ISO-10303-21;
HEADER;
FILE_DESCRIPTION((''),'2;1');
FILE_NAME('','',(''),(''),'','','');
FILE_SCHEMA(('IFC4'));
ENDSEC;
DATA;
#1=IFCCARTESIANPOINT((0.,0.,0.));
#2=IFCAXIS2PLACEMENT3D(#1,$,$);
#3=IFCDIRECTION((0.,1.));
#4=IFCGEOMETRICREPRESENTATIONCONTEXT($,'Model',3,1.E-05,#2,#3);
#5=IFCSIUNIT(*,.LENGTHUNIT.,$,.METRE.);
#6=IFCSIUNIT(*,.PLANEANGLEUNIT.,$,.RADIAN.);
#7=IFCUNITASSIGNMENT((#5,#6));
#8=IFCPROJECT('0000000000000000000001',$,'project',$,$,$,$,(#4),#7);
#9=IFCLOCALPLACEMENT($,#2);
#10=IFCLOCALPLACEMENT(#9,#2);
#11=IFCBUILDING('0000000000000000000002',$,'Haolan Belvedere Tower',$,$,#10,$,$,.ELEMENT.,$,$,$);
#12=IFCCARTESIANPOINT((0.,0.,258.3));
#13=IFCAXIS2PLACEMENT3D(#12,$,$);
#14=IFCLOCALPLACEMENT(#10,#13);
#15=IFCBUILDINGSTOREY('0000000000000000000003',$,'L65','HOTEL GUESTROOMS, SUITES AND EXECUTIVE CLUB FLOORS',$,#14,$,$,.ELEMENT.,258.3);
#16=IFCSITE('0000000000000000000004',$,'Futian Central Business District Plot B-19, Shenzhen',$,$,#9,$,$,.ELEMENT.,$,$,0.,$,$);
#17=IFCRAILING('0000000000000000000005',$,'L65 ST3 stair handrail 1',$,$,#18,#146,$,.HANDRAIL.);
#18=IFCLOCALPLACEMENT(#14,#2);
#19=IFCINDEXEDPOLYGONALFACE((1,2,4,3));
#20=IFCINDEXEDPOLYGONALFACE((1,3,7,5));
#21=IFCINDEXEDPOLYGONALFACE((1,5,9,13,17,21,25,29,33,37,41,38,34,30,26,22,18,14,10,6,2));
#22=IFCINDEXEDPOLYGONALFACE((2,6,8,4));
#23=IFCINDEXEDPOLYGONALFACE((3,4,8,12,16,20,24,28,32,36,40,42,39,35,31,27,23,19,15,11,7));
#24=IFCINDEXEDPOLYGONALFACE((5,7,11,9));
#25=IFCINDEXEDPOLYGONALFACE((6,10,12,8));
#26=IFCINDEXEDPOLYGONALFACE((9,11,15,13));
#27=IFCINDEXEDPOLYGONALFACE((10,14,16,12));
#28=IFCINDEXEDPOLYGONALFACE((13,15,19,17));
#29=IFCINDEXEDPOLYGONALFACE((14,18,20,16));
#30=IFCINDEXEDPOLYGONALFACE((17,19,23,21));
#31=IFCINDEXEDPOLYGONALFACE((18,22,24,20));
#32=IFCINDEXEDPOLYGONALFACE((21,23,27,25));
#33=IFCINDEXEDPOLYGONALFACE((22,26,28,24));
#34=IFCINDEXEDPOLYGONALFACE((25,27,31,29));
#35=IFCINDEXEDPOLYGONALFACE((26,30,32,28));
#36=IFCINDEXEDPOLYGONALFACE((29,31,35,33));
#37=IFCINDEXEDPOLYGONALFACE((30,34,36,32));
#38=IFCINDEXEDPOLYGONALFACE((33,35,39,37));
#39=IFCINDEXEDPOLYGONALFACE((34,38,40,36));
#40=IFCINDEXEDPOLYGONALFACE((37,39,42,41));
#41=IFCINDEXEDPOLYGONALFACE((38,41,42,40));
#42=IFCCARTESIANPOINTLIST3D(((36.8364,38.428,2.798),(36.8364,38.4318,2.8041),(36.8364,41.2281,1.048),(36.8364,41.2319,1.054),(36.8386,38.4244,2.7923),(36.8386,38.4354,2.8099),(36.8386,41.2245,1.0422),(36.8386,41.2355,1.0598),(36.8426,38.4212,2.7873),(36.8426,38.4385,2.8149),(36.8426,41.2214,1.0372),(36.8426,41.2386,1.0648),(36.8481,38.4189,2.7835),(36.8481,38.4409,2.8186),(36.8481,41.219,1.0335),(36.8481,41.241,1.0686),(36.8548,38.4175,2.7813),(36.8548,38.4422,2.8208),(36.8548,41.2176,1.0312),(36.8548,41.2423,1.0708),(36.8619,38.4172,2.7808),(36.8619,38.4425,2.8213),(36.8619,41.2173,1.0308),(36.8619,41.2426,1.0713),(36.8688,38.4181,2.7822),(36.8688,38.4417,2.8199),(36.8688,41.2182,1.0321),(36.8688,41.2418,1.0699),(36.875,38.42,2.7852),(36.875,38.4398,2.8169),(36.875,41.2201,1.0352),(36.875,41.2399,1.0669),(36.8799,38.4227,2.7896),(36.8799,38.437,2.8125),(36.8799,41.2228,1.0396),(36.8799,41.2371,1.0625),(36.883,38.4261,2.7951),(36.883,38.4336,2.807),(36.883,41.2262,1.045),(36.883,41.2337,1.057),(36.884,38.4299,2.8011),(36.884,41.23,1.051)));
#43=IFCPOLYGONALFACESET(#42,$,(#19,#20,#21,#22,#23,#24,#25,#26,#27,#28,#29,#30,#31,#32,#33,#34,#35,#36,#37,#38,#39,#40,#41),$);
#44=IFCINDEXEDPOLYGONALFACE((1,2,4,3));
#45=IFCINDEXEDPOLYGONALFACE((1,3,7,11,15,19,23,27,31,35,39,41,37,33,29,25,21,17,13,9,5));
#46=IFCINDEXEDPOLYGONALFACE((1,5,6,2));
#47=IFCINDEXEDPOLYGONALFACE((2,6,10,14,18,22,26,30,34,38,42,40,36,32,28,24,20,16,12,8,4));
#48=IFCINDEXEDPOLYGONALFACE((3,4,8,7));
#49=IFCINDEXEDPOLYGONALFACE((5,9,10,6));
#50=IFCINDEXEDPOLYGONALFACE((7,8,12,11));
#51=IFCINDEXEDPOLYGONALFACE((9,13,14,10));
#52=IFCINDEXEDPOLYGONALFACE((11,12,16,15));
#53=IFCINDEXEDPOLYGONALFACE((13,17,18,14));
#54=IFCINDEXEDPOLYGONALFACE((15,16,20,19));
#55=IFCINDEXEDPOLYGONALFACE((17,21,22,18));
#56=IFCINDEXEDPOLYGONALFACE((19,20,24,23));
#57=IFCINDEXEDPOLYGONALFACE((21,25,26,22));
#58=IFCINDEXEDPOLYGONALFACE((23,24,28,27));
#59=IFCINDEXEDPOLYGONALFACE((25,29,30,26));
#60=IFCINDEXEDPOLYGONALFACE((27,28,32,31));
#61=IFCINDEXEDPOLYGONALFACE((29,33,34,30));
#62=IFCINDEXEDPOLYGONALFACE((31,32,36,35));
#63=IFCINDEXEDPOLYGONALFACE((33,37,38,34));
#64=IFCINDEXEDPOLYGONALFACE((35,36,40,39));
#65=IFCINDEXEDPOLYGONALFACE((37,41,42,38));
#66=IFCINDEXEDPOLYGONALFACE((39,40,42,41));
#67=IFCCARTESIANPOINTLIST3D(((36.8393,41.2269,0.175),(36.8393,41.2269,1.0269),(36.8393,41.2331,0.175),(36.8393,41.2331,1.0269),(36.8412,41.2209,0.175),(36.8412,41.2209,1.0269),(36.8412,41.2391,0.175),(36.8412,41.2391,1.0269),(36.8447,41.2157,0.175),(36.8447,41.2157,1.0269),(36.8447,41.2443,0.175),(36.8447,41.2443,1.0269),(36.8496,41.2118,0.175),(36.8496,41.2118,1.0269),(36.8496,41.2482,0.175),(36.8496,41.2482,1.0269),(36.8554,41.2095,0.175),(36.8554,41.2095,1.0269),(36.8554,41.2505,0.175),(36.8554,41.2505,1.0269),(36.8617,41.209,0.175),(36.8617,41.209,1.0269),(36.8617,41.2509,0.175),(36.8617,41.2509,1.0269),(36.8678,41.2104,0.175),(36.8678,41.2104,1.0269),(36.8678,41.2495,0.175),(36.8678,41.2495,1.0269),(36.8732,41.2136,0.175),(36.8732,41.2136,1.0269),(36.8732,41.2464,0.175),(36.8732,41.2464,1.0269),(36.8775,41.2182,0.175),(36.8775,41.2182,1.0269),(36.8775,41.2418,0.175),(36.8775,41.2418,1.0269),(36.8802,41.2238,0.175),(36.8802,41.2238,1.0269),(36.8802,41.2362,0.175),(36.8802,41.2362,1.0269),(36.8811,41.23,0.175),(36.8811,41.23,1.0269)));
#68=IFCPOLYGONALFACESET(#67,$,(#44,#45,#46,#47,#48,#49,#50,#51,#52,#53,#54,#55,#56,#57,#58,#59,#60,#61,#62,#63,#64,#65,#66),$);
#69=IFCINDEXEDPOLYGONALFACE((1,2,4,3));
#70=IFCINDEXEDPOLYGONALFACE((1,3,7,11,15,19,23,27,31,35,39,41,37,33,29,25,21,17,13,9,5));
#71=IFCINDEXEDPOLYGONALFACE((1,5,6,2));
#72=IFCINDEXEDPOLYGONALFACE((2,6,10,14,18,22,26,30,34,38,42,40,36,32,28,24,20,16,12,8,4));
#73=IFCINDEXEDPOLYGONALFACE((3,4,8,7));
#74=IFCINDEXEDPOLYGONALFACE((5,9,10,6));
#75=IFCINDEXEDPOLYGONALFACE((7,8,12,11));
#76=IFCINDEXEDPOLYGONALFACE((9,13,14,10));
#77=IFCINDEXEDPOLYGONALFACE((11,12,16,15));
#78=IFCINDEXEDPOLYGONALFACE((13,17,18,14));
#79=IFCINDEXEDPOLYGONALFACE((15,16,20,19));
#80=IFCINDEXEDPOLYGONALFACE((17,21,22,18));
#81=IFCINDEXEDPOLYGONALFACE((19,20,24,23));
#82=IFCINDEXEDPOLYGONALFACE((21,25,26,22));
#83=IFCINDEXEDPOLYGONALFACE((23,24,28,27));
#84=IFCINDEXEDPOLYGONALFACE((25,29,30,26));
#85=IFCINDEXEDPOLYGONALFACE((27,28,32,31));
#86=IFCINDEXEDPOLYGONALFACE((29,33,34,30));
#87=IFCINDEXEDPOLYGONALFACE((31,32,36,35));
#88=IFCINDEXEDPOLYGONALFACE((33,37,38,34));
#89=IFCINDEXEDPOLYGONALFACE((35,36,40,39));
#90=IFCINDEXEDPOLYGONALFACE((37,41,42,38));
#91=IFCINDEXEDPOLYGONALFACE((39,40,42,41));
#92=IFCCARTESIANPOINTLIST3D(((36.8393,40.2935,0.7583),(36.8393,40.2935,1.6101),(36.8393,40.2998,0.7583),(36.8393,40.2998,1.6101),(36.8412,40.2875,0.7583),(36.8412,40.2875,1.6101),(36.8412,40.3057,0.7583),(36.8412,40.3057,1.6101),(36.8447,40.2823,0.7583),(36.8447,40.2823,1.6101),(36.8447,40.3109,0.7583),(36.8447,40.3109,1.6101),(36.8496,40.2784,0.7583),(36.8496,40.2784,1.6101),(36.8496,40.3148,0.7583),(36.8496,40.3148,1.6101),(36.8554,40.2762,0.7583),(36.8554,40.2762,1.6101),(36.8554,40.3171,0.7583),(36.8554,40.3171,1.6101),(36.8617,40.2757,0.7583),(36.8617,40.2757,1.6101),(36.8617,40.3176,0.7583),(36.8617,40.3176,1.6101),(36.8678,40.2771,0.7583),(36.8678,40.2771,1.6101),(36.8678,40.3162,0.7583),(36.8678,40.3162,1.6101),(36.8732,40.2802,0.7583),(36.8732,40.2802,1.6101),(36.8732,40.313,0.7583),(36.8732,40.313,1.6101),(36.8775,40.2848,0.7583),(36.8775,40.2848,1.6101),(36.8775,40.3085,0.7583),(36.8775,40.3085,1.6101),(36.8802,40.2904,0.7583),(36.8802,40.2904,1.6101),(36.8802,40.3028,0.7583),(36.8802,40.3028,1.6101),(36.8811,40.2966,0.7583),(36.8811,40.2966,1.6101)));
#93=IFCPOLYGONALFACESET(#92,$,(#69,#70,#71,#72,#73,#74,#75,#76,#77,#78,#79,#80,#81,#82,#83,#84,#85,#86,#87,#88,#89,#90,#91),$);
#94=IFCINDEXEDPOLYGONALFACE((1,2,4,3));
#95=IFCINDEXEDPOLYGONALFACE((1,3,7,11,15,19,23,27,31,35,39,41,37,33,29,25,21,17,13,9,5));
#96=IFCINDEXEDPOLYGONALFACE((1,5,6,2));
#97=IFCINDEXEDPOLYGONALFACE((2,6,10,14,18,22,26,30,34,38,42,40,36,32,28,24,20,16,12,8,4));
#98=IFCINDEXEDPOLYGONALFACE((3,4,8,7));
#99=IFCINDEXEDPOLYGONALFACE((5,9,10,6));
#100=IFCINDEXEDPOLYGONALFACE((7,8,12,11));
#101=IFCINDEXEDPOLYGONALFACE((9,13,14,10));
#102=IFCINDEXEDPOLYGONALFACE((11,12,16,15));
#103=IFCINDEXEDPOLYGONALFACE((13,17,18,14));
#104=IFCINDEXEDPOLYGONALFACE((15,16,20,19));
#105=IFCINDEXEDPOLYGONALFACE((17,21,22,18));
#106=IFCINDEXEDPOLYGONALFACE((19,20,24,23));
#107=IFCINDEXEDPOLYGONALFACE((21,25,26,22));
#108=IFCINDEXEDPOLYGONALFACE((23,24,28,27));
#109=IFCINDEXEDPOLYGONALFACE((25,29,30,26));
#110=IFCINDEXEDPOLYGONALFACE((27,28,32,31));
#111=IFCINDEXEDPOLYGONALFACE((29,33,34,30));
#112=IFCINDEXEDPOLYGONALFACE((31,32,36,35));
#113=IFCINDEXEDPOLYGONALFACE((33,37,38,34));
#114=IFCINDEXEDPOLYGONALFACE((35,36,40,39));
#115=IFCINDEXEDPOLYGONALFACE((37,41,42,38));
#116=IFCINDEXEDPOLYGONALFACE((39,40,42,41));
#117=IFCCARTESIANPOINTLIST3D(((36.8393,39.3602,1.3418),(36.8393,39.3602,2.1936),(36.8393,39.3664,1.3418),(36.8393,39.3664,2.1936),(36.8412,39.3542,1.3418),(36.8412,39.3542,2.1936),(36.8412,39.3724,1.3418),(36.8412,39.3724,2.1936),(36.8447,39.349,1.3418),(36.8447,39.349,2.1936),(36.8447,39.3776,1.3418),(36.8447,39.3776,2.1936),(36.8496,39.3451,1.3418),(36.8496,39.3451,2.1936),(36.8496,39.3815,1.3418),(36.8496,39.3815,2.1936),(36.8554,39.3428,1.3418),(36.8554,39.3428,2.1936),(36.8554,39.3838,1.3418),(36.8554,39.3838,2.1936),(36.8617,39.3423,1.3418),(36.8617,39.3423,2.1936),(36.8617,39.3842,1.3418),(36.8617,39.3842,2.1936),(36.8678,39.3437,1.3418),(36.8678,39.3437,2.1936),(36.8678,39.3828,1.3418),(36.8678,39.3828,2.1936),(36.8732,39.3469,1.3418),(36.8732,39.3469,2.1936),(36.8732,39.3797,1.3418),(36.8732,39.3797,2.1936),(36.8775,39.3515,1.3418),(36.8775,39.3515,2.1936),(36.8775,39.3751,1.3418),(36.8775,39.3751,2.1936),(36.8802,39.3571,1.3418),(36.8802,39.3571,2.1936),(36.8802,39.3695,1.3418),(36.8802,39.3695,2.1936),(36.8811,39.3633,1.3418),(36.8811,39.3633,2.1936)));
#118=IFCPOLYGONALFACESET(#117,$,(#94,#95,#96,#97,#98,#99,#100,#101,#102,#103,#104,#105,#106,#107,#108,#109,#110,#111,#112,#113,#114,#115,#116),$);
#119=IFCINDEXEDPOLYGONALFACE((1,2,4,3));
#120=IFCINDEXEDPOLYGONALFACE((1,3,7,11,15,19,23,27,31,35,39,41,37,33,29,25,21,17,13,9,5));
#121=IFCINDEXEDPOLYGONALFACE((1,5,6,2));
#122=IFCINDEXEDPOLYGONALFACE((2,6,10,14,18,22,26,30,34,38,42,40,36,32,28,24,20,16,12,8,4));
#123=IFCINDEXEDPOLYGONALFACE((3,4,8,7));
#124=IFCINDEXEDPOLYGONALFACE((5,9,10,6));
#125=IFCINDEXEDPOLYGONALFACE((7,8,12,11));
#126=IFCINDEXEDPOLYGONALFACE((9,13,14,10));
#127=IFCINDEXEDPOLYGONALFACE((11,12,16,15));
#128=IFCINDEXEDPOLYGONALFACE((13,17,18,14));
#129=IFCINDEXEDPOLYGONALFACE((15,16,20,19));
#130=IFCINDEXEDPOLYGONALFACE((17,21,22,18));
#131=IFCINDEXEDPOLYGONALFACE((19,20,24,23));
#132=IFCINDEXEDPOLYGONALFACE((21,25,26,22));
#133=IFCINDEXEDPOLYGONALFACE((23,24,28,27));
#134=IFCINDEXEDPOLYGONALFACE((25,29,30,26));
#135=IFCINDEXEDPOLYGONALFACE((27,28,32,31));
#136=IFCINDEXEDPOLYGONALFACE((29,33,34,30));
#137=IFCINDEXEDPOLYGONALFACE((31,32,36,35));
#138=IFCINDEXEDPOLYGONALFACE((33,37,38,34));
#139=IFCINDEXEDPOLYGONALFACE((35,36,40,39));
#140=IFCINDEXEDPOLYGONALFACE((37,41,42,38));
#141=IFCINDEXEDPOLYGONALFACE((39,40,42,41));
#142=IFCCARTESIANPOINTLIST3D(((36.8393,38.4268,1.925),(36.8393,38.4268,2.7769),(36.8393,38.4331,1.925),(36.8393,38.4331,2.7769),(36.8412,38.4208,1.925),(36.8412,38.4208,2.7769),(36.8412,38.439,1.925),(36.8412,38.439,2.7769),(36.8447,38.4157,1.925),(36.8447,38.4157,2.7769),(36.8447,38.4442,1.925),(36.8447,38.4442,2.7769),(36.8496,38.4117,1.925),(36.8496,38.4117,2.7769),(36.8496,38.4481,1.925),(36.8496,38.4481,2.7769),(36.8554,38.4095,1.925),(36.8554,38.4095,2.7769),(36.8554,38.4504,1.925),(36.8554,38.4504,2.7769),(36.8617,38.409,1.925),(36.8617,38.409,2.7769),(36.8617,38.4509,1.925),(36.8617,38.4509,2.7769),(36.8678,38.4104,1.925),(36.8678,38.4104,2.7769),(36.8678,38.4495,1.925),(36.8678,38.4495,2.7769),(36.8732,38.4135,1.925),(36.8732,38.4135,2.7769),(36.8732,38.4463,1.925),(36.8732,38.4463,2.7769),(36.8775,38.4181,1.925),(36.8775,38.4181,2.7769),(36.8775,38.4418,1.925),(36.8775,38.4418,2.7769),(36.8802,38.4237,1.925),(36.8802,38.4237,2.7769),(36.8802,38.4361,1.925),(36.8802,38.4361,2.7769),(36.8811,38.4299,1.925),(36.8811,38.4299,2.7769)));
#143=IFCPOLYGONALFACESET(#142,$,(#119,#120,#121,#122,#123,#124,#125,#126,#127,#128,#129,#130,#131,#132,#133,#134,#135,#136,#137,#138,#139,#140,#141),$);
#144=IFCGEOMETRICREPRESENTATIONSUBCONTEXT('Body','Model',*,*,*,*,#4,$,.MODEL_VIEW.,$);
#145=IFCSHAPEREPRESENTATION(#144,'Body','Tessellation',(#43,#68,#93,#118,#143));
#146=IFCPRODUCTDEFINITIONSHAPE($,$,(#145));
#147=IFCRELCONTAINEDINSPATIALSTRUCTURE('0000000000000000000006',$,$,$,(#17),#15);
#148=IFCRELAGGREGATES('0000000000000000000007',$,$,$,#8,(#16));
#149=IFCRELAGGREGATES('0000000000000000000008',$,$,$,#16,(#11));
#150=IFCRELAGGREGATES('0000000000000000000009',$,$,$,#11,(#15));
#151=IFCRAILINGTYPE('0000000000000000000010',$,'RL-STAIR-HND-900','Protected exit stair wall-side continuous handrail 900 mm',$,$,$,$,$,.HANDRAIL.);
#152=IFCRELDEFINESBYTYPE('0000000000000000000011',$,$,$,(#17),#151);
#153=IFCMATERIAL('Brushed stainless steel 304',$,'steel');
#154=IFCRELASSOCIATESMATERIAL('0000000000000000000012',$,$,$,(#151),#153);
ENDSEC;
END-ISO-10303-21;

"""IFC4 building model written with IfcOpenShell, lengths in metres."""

from ifc_helpers import new_model, si_unit, direction, frame, origin, origin_2d, place, context, subcontext, project, spatial, circle, extrude, material, type_object, element, save


model = new_model("IFC4")

# Units and contexts
model_context = context("Model", 3, precision=1e-05, world=origin(), true_north=direction((0.0, 1.0)))
body_context = subcontext(model_context, "Body", "Model", "MODEL_VIEW")
ifc_project = project(units=[si_unit("LENGTHUNIT", "METRE"), si_unit("PLANEANGLEUNIT", "RADIAN")], contexts=[model_context])

# Site, building, storey
site_placement = place(None, origin())
site = spatial("IfcSite", under=ifc_project, at=site_placement, Name="Futian Central Business District Plot B-19, Shenzhen", CompositionType="ELEMENT", RefElevation=0.0)
building_placement = place(site_placement, origin())
building = spatial("IfcBuilding", under=site, at=building_placement, Name="Haolan Belvedere Tower", CompositionType="ELEMENT")
storey_placement = place(building_placement, frame((0.0, 0.0, 258.3)))
storey = spatial("IfcBuildingStorey", under=building, at=storey_placement, Name="L65", Description="HOTEL GUESTROOMS, SUITES AND EXECUTIVE CLUB FLOORS", CompositionType="ELEMENT", Elevation=258.3)

# Railing
ifc_material_1 = material(Name="Brushed stainless steel 304", Category="steel")
railing_type_1 = type_object("IfcRailingType", Name="RL-STAIR-HND-900", Description="Protected exit stair wall-side continuous handrail 900 mm", PredefinedType="HANDRAIL", material=ifc_material_1)
for number, where, name in (
    (1, (36.8601, 41.23, 0.175), "L65 ST3 stair handrail 1"),
):
    element("IfcRailing", number, at=place(storey_placement, frame(where)), inside=storey, type_object=railing_type_1, Name=name, PredefinedType="HANDRAIL", context=body_context, shape_type="SweptSolid", body=[
        extrude(circle(Radius=0.0239, at=origin_2d()), frame((0.0, 0.0, 0.876), z_axis=(0.0, -0.848002, 0.529992), x_axis=(1.0, 0.0, 0.0)), (0.0, 0.0, 1.0), 3.302),
        extrude(circle(Radius=0.021, at=origin_2d()), origin(), (0.0, 0.0, 1.0), 0.8518),
        extrude(circle(Radius=0.021, at=origin_2d()), frame((0.0, -0.9333, 0.5833)), (0.0, 0.0, 1.0), 0.8518),
        extrude(circle(Radius=0.021, at=origin_2d()), frame((0.0, -1.8667, 1.1667)), (0.0, 0.0, 1.0), 0.8518),
        extrude(circle(Radius=0.021, at=origin_2d()), frame((0.0, -2.8, 1.75)), (0.0, 0.0, 1.0), 0.8518),
    ])

save(model, "model.ifc")
